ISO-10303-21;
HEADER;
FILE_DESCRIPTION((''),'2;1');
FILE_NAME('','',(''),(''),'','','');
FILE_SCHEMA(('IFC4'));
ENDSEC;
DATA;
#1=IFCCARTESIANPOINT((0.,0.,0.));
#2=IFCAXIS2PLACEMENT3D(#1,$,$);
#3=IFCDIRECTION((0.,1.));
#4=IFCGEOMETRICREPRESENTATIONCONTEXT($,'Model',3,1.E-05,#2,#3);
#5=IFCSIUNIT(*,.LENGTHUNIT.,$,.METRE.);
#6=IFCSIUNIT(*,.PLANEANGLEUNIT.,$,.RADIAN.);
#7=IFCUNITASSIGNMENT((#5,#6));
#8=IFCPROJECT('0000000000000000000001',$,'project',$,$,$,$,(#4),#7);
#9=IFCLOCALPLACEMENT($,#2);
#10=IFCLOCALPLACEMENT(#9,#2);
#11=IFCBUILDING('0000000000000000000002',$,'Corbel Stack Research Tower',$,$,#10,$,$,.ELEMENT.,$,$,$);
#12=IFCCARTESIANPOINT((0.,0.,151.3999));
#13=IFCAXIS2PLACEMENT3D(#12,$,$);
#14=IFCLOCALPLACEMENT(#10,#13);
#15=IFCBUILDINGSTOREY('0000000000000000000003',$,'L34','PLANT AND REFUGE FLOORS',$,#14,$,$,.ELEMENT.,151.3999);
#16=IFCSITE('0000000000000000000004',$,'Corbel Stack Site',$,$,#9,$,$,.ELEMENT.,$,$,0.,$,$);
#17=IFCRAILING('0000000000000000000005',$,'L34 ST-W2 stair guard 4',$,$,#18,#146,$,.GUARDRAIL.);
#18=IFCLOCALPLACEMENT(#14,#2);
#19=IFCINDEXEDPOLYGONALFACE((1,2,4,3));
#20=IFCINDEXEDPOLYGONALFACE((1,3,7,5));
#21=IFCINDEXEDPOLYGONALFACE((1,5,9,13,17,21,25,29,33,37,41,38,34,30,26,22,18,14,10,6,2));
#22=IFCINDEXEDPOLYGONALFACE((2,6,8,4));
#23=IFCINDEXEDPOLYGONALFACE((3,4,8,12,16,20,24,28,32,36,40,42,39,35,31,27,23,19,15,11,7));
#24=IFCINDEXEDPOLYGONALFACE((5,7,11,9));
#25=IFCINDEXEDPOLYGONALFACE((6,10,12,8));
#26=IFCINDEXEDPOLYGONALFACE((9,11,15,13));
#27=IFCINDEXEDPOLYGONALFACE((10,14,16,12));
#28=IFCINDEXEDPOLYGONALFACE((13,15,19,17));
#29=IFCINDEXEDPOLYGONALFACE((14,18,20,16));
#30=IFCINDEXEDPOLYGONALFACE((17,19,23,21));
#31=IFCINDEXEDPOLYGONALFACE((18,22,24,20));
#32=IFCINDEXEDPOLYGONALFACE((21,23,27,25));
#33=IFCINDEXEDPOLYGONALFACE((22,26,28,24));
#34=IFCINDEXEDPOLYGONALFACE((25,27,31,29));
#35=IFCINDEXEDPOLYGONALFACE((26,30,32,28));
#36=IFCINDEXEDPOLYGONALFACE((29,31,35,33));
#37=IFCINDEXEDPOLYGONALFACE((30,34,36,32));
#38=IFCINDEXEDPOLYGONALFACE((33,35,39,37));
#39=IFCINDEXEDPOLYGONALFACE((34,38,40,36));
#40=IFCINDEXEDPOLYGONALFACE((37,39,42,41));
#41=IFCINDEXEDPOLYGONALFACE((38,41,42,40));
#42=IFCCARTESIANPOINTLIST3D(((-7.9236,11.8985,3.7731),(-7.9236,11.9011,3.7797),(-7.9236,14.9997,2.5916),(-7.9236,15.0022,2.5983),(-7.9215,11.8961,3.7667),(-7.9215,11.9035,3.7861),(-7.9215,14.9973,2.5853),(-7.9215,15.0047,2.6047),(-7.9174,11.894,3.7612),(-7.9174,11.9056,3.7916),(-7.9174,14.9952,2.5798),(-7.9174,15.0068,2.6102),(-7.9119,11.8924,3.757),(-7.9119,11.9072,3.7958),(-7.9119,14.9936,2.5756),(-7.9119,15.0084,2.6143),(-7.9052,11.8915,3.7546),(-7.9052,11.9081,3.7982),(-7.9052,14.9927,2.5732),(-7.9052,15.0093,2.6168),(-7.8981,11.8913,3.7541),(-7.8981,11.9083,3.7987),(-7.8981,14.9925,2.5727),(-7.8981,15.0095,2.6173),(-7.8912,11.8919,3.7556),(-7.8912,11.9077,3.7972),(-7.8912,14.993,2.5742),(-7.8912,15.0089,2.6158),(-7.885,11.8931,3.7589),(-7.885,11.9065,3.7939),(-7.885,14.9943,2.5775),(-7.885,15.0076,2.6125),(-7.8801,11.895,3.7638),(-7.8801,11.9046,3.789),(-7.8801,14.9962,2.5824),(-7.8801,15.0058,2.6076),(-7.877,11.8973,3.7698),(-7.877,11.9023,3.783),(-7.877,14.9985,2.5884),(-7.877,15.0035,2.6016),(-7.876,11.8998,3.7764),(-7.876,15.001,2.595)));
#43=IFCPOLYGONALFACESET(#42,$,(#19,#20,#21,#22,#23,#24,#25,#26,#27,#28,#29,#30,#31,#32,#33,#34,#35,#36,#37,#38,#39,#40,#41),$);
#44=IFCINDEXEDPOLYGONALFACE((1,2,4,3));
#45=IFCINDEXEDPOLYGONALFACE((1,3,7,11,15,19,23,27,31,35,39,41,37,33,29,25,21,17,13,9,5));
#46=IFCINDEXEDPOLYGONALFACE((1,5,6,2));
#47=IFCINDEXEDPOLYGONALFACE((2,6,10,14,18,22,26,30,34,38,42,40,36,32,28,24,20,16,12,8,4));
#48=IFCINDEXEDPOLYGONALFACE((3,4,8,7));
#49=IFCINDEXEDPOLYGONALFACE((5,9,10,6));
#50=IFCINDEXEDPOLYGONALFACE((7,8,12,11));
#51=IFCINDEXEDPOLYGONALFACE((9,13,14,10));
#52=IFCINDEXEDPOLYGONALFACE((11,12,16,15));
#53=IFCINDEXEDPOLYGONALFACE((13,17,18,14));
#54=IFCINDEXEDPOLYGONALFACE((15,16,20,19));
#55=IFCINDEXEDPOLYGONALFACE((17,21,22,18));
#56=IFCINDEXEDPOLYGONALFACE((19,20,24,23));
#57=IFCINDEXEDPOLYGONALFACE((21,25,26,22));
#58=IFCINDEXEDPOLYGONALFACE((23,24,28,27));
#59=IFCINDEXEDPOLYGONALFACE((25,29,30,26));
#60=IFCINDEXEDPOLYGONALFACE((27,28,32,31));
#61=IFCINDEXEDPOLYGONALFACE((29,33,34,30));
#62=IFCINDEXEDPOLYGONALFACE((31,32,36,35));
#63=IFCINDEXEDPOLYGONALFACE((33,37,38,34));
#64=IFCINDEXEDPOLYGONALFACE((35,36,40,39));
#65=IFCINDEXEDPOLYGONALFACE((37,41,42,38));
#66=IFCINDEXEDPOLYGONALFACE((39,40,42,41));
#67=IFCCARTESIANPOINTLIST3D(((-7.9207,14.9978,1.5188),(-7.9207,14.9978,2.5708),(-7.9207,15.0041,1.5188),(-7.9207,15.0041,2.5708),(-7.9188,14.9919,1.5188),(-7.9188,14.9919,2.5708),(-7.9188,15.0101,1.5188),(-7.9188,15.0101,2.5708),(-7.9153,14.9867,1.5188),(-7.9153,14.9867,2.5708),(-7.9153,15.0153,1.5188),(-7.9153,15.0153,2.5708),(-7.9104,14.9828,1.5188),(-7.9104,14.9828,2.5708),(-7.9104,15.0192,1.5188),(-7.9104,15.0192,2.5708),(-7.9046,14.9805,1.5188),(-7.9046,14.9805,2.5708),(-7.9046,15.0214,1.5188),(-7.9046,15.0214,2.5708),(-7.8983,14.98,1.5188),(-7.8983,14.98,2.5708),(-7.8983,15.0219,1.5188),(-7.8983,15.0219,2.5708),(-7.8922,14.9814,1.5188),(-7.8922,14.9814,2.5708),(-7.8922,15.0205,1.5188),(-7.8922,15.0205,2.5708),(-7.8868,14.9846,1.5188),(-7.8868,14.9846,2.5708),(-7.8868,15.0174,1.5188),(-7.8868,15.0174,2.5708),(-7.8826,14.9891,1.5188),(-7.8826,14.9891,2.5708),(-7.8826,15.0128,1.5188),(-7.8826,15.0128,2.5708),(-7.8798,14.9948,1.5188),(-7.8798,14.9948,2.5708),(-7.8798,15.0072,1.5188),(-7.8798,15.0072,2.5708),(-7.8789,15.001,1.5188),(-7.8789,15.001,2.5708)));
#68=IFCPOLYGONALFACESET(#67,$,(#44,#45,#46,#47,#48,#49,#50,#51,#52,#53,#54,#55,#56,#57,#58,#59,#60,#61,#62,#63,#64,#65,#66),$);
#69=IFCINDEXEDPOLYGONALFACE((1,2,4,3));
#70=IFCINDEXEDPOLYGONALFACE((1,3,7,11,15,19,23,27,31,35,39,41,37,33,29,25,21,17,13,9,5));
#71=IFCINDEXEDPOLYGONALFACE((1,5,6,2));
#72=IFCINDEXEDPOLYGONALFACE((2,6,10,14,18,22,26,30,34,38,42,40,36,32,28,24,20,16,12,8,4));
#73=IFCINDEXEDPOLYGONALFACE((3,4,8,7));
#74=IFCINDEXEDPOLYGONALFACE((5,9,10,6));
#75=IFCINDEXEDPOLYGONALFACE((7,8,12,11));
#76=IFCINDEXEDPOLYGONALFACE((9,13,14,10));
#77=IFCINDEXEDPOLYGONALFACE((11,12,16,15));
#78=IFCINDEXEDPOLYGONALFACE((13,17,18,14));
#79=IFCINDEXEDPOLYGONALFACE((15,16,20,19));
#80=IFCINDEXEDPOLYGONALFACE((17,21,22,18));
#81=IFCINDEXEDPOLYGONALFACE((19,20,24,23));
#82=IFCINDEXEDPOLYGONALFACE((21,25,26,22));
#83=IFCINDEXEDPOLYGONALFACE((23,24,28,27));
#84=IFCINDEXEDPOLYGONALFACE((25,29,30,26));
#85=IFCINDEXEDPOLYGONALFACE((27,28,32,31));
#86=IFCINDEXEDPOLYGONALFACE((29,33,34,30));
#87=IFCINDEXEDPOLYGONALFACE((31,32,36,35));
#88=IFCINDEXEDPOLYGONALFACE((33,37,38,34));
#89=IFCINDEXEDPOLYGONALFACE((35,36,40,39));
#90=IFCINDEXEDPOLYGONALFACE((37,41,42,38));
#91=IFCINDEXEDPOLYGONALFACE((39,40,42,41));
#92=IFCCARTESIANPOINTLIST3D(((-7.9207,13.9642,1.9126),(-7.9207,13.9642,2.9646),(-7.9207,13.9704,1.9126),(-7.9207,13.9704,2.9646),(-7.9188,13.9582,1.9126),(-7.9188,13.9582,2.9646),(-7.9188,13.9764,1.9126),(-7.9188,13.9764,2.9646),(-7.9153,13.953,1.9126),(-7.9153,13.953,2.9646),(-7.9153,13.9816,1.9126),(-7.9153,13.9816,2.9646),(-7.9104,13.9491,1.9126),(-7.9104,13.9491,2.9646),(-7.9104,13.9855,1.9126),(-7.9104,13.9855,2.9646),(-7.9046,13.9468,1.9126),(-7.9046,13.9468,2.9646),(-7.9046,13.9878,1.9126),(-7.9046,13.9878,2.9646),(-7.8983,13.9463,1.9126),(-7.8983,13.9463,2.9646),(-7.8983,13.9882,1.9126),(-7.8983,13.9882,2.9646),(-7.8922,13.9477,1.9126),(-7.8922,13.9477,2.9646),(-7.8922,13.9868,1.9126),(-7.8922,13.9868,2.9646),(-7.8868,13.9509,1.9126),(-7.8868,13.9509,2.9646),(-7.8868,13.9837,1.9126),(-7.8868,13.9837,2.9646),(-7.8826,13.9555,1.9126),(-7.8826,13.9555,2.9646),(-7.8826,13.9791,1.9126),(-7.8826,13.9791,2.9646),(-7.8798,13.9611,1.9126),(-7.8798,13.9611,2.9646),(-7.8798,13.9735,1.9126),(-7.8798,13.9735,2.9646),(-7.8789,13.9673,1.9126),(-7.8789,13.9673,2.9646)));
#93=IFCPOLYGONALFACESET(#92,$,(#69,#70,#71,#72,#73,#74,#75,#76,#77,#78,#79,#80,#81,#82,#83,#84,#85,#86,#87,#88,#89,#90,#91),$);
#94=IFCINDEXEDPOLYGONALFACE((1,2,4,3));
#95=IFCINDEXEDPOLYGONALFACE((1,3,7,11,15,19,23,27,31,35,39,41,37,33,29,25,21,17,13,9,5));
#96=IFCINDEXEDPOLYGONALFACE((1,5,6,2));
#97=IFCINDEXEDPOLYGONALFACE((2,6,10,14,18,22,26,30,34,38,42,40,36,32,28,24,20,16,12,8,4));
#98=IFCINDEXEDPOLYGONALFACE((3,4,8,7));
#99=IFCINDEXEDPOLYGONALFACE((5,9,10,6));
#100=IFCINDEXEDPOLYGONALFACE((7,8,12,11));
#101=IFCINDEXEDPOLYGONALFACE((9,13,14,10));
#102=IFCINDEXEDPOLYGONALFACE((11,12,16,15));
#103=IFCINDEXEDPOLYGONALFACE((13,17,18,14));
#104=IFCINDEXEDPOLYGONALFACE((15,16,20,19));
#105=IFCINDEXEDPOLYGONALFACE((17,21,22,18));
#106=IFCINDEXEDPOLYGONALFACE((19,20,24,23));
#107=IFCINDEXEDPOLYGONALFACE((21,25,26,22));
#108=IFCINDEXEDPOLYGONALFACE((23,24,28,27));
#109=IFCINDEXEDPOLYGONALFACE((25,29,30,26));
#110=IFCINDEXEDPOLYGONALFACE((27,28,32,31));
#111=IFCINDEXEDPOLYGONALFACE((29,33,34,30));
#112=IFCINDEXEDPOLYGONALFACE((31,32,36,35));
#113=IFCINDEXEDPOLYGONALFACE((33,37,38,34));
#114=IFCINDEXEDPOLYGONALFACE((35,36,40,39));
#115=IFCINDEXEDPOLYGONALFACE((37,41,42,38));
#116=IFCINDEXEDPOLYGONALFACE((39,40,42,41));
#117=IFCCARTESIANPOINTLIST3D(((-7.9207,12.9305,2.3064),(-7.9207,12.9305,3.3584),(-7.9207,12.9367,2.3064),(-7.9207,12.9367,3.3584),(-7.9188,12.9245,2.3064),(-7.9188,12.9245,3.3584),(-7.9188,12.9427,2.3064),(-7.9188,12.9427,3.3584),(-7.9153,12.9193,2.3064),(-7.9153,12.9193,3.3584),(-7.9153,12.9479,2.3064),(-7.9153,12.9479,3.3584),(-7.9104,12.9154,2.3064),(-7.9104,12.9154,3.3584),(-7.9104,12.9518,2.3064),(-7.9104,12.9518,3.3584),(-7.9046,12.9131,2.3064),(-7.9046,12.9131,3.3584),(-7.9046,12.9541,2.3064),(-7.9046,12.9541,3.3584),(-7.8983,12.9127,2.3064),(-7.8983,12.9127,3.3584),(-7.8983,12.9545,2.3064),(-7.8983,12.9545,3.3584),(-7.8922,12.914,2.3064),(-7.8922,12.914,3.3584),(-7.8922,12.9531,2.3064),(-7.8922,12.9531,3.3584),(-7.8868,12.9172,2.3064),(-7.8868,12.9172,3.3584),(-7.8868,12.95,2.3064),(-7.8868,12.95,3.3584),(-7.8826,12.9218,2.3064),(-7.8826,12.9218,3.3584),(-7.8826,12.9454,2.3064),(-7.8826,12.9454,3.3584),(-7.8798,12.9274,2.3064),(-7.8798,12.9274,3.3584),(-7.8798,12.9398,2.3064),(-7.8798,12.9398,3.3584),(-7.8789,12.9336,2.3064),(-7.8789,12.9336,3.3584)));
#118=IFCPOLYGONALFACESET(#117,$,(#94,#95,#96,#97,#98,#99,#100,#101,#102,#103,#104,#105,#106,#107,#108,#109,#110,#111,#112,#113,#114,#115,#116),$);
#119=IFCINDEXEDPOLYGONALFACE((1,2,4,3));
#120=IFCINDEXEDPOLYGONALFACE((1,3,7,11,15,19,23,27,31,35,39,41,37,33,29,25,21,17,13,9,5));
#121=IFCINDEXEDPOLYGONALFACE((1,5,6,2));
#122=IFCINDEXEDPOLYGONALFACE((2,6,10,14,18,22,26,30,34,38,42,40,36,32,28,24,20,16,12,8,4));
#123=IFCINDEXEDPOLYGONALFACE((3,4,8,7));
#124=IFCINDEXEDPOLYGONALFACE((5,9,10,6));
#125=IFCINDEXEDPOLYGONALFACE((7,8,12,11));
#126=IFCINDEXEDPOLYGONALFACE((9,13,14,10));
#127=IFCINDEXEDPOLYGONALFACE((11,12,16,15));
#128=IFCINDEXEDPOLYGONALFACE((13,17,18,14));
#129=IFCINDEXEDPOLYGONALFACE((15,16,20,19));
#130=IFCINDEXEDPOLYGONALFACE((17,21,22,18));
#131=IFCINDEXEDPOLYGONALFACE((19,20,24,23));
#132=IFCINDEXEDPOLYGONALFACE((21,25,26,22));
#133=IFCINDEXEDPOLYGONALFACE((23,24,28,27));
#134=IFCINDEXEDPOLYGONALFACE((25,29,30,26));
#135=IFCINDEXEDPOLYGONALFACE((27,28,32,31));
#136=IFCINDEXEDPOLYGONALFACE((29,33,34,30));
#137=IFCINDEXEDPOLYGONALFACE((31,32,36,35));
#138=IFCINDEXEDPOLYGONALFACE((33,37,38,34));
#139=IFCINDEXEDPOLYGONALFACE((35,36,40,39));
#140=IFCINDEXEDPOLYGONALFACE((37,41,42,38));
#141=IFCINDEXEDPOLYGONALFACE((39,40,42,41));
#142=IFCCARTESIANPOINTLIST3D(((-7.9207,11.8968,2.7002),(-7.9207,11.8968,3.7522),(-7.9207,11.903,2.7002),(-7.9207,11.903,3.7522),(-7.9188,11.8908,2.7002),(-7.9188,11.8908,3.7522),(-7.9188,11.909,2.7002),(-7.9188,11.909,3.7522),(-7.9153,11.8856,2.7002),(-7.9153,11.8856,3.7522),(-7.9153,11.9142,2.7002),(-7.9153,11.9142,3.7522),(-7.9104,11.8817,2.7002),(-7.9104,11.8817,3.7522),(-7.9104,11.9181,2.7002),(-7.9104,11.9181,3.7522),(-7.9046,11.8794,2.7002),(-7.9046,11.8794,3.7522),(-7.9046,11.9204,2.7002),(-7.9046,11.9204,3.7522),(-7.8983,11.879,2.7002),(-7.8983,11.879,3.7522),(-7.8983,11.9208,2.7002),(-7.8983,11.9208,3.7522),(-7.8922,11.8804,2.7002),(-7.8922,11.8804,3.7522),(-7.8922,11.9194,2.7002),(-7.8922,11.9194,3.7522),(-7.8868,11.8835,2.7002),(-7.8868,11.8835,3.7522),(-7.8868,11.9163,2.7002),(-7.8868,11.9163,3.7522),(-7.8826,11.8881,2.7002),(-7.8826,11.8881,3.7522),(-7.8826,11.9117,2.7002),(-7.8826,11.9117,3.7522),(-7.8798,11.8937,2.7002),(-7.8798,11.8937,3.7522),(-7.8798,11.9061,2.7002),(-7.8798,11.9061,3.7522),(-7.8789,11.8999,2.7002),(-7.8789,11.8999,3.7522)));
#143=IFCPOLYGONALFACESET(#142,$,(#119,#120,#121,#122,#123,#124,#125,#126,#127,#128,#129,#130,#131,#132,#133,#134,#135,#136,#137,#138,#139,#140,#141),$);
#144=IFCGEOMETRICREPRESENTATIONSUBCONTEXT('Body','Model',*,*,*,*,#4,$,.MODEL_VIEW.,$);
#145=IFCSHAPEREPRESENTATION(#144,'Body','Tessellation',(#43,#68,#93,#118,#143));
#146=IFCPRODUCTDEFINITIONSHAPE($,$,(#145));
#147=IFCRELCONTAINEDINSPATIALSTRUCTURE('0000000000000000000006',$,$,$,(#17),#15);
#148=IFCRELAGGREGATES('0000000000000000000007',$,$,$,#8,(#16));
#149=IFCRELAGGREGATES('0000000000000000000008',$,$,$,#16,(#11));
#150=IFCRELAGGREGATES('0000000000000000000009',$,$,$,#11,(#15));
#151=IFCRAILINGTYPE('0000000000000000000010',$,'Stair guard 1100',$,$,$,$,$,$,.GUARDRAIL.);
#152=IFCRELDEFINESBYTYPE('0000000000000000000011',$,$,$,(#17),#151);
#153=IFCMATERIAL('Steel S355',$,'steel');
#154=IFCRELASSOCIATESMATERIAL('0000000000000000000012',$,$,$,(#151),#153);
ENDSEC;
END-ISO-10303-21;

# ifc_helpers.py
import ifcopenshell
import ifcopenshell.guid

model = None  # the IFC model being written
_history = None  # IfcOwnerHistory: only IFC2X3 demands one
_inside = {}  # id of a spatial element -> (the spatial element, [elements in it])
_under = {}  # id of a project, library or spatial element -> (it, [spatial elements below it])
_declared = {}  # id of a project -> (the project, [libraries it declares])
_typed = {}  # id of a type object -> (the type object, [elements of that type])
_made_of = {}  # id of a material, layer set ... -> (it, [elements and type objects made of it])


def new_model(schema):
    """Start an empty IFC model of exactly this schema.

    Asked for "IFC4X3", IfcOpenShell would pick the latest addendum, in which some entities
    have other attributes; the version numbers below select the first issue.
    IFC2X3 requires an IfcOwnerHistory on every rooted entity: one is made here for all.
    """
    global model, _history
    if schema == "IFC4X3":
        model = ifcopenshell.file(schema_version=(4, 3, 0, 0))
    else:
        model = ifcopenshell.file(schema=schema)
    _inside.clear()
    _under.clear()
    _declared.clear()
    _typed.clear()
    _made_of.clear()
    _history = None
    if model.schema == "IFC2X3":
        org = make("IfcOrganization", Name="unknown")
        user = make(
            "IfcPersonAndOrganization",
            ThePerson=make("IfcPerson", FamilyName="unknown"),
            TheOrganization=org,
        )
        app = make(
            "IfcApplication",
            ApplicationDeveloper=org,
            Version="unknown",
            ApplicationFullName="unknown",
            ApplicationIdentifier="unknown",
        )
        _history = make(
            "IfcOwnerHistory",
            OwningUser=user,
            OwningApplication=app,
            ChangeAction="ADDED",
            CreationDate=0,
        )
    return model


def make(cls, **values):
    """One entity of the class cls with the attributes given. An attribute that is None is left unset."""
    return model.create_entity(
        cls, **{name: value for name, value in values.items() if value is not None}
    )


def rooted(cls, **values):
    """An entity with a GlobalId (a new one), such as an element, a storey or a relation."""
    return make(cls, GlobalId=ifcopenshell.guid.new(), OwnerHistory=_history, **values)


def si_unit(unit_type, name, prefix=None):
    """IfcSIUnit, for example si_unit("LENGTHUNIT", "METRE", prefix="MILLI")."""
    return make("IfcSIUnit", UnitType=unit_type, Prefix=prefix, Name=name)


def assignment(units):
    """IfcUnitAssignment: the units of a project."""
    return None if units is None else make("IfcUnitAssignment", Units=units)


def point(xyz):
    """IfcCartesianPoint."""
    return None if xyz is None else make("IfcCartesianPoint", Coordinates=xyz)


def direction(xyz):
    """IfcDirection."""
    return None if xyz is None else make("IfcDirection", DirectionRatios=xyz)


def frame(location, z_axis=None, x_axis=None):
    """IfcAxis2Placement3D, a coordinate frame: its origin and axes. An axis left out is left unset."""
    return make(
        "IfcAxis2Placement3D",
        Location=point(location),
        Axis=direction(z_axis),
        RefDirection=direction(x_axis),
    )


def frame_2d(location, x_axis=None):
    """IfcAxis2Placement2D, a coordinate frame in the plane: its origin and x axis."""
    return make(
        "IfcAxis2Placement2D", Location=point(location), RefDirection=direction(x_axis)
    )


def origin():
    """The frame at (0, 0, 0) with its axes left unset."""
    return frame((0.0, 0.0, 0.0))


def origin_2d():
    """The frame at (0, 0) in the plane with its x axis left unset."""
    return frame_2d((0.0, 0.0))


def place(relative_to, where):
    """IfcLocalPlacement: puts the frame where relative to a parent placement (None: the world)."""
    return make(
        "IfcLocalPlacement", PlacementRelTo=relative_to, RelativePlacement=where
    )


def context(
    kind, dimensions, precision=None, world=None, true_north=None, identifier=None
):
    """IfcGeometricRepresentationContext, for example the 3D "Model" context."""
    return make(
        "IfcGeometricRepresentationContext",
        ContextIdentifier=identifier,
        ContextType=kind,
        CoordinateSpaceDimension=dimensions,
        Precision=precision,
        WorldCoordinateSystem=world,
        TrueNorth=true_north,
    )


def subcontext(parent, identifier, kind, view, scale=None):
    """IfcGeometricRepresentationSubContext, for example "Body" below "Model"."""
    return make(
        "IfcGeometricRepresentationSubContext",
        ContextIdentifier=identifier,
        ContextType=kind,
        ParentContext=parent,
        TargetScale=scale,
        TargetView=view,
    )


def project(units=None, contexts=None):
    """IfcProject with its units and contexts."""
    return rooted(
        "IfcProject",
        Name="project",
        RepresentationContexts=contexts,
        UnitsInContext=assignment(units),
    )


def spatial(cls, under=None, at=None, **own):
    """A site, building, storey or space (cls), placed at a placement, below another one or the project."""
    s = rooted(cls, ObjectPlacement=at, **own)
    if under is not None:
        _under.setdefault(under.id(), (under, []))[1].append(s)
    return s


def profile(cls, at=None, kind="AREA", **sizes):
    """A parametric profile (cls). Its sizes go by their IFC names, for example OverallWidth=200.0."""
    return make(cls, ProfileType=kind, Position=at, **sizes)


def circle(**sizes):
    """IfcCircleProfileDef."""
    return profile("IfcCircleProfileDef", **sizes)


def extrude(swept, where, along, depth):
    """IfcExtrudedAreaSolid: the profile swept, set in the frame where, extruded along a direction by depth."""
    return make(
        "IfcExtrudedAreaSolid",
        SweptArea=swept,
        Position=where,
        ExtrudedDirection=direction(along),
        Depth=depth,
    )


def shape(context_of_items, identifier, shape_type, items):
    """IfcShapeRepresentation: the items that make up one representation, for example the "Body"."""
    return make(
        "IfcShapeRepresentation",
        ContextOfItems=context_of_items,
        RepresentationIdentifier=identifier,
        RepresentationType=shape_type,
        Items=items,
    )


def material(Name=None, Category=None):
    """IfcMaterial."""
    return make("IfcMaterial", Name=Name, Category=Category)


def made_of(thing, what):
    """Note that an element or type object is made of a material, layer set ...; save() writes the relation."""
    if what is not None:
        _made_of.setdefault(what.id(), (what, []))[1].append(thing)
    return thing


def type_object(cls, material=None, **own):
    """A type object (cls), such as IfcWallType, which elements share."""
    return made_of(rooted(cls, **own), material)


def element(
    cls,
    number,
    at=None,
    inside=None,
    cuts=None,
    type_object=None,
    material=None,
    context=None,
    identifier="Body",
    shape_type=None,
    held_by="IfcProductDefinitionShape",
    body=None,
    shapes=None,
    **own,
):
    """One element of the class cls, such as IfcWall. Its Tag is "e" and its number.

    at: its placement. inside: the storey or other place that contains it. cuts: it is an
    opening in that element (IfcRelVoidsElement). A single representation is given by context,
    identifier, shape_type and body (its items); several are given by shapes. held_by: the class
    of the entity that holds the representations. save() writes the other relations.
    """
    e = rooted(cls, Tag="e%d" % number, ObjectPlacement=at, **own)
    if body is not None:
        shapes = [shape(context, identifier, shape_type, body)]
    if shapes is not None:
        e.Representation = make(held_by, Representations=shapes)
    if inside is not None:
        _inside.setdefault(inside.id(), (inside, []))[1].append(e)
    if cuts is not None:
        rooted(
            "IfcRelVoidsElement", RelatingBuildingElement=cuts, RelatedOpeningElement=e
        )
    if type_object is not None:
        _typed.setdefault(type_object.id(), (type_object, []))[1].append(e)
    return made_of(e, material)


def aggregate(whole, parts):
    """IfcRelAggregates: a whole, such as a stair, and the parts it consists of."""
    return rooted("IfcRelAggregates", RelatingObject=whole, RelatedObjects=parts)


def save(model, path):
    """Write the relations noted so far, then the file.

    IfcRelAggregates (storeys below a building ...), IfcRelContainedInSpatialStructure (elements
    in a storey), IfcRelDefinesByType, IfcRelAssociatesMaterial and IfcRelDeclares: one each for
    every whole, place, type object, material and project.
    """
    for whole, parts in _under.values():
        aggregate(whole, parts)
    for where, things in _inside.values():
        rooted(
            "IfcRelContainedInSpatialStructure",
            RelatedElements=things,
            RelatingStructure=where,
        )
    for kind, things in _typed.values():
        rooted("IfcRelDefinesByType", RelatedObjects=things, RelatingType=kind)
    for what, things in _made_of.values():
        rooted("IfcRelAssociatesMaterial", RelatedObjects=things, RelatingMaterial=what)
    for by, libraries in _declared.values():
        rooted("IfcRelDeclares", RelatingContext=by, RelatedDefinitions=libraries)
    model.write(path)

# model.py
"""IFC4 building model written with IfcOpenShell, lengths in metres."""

from ifc_helpers import new_model, si_unit, direction, frame, origin, origin_2d, place, context, subcontext, project, spatial, circle, extrude, material, type_object, element, save


model = new_model("IFC4")

# Units and contexts
model_context = context("Model", 3, precision=1e-05, world=origin(), true_north=direction((0.0, 1.0)))
body_context = subcontext(model_context, "Body", "Model", "MODEL_VIEW")
ifc_project = project(units=[si_unit("LENGTHUNIT", "METRE"), si_unit("PLANEANGLEUNIT", "RADIAN")], contexts=[model_context])

# Site, building, storey
site_placement = place(None, origin())
site = spatial("IfcSite", under=ifc_project, at=site_placement, Name="Corbel Stack Site", CompositionType="ELEMENT", RefElevation=0.0)
building_placement = place(site_placement, origin())
building = spatial("IfcBuilding", under=site, at=building_placement, Name="Corbel Stack Research Tower", CompositionType="ELEMENT")
storey_placement = place(building_placement, frame((0.0, 0.0, 151.3999)))
storey = spatial("IfcBuildingStorey", under=building, at=storey_placement, Name="L34", Description="PLANT AND REFUGE FLOORS", CompositionType="ELEMENT", Elevation=151.3999)

# Railing
ifc_material_1 = material(Name="Steel S355", Category="steel")
railing_type_1 = type_object("IfcRailingType", Name="Stair guard 1100", PredefinedType="GUARDRAIL", material=ifc_material_1)
railing_1_placement = place(storey_placement, frame((-7.8999, 15.001, 1.5188)))
element("IfcRailing", 1, at=railing_1_placement, inside=storey, type_object=railing_type_1, Name="L34 ST-W2 stair guard 4", PredefinedType="GUARDRAIL", context=body_context, shape_type="SweptSolid", body=[
    extrude(circle(Radius=0.0239, at=origin_2d()), frame((0.0, 0.0, 1.0762), z_axis=(0.0, -0.934484, 0.356005), x_axis=(1.0, 0.0, 0.0)), (0.0, 0.0, 1.0), 3.3186),
    extrude(circle(Radius=0.021, at=origin_2d()), origin(), (0.0, 0.0, 1.0), 1.052),
    extrude(circle(Radius=0.021, at=origin_2d()), frame((0.0, -1.0337, 0.3938)), (0.0, 0.0, 1.0), 1.052),
    extrude(circle(Radius=0.021, at=origin_2d()), frame((0.0, -2.0674, 0.7876)), (0.0, 0.0, 1.0), 1.052),
    extrude(circle(Radius=0.021, at=origin_2d()), frame((0.0, -3.1011, 1.1814)), (0.0, 0.0, 1.0), 1.052),
])

save(model, "model.ifc")
